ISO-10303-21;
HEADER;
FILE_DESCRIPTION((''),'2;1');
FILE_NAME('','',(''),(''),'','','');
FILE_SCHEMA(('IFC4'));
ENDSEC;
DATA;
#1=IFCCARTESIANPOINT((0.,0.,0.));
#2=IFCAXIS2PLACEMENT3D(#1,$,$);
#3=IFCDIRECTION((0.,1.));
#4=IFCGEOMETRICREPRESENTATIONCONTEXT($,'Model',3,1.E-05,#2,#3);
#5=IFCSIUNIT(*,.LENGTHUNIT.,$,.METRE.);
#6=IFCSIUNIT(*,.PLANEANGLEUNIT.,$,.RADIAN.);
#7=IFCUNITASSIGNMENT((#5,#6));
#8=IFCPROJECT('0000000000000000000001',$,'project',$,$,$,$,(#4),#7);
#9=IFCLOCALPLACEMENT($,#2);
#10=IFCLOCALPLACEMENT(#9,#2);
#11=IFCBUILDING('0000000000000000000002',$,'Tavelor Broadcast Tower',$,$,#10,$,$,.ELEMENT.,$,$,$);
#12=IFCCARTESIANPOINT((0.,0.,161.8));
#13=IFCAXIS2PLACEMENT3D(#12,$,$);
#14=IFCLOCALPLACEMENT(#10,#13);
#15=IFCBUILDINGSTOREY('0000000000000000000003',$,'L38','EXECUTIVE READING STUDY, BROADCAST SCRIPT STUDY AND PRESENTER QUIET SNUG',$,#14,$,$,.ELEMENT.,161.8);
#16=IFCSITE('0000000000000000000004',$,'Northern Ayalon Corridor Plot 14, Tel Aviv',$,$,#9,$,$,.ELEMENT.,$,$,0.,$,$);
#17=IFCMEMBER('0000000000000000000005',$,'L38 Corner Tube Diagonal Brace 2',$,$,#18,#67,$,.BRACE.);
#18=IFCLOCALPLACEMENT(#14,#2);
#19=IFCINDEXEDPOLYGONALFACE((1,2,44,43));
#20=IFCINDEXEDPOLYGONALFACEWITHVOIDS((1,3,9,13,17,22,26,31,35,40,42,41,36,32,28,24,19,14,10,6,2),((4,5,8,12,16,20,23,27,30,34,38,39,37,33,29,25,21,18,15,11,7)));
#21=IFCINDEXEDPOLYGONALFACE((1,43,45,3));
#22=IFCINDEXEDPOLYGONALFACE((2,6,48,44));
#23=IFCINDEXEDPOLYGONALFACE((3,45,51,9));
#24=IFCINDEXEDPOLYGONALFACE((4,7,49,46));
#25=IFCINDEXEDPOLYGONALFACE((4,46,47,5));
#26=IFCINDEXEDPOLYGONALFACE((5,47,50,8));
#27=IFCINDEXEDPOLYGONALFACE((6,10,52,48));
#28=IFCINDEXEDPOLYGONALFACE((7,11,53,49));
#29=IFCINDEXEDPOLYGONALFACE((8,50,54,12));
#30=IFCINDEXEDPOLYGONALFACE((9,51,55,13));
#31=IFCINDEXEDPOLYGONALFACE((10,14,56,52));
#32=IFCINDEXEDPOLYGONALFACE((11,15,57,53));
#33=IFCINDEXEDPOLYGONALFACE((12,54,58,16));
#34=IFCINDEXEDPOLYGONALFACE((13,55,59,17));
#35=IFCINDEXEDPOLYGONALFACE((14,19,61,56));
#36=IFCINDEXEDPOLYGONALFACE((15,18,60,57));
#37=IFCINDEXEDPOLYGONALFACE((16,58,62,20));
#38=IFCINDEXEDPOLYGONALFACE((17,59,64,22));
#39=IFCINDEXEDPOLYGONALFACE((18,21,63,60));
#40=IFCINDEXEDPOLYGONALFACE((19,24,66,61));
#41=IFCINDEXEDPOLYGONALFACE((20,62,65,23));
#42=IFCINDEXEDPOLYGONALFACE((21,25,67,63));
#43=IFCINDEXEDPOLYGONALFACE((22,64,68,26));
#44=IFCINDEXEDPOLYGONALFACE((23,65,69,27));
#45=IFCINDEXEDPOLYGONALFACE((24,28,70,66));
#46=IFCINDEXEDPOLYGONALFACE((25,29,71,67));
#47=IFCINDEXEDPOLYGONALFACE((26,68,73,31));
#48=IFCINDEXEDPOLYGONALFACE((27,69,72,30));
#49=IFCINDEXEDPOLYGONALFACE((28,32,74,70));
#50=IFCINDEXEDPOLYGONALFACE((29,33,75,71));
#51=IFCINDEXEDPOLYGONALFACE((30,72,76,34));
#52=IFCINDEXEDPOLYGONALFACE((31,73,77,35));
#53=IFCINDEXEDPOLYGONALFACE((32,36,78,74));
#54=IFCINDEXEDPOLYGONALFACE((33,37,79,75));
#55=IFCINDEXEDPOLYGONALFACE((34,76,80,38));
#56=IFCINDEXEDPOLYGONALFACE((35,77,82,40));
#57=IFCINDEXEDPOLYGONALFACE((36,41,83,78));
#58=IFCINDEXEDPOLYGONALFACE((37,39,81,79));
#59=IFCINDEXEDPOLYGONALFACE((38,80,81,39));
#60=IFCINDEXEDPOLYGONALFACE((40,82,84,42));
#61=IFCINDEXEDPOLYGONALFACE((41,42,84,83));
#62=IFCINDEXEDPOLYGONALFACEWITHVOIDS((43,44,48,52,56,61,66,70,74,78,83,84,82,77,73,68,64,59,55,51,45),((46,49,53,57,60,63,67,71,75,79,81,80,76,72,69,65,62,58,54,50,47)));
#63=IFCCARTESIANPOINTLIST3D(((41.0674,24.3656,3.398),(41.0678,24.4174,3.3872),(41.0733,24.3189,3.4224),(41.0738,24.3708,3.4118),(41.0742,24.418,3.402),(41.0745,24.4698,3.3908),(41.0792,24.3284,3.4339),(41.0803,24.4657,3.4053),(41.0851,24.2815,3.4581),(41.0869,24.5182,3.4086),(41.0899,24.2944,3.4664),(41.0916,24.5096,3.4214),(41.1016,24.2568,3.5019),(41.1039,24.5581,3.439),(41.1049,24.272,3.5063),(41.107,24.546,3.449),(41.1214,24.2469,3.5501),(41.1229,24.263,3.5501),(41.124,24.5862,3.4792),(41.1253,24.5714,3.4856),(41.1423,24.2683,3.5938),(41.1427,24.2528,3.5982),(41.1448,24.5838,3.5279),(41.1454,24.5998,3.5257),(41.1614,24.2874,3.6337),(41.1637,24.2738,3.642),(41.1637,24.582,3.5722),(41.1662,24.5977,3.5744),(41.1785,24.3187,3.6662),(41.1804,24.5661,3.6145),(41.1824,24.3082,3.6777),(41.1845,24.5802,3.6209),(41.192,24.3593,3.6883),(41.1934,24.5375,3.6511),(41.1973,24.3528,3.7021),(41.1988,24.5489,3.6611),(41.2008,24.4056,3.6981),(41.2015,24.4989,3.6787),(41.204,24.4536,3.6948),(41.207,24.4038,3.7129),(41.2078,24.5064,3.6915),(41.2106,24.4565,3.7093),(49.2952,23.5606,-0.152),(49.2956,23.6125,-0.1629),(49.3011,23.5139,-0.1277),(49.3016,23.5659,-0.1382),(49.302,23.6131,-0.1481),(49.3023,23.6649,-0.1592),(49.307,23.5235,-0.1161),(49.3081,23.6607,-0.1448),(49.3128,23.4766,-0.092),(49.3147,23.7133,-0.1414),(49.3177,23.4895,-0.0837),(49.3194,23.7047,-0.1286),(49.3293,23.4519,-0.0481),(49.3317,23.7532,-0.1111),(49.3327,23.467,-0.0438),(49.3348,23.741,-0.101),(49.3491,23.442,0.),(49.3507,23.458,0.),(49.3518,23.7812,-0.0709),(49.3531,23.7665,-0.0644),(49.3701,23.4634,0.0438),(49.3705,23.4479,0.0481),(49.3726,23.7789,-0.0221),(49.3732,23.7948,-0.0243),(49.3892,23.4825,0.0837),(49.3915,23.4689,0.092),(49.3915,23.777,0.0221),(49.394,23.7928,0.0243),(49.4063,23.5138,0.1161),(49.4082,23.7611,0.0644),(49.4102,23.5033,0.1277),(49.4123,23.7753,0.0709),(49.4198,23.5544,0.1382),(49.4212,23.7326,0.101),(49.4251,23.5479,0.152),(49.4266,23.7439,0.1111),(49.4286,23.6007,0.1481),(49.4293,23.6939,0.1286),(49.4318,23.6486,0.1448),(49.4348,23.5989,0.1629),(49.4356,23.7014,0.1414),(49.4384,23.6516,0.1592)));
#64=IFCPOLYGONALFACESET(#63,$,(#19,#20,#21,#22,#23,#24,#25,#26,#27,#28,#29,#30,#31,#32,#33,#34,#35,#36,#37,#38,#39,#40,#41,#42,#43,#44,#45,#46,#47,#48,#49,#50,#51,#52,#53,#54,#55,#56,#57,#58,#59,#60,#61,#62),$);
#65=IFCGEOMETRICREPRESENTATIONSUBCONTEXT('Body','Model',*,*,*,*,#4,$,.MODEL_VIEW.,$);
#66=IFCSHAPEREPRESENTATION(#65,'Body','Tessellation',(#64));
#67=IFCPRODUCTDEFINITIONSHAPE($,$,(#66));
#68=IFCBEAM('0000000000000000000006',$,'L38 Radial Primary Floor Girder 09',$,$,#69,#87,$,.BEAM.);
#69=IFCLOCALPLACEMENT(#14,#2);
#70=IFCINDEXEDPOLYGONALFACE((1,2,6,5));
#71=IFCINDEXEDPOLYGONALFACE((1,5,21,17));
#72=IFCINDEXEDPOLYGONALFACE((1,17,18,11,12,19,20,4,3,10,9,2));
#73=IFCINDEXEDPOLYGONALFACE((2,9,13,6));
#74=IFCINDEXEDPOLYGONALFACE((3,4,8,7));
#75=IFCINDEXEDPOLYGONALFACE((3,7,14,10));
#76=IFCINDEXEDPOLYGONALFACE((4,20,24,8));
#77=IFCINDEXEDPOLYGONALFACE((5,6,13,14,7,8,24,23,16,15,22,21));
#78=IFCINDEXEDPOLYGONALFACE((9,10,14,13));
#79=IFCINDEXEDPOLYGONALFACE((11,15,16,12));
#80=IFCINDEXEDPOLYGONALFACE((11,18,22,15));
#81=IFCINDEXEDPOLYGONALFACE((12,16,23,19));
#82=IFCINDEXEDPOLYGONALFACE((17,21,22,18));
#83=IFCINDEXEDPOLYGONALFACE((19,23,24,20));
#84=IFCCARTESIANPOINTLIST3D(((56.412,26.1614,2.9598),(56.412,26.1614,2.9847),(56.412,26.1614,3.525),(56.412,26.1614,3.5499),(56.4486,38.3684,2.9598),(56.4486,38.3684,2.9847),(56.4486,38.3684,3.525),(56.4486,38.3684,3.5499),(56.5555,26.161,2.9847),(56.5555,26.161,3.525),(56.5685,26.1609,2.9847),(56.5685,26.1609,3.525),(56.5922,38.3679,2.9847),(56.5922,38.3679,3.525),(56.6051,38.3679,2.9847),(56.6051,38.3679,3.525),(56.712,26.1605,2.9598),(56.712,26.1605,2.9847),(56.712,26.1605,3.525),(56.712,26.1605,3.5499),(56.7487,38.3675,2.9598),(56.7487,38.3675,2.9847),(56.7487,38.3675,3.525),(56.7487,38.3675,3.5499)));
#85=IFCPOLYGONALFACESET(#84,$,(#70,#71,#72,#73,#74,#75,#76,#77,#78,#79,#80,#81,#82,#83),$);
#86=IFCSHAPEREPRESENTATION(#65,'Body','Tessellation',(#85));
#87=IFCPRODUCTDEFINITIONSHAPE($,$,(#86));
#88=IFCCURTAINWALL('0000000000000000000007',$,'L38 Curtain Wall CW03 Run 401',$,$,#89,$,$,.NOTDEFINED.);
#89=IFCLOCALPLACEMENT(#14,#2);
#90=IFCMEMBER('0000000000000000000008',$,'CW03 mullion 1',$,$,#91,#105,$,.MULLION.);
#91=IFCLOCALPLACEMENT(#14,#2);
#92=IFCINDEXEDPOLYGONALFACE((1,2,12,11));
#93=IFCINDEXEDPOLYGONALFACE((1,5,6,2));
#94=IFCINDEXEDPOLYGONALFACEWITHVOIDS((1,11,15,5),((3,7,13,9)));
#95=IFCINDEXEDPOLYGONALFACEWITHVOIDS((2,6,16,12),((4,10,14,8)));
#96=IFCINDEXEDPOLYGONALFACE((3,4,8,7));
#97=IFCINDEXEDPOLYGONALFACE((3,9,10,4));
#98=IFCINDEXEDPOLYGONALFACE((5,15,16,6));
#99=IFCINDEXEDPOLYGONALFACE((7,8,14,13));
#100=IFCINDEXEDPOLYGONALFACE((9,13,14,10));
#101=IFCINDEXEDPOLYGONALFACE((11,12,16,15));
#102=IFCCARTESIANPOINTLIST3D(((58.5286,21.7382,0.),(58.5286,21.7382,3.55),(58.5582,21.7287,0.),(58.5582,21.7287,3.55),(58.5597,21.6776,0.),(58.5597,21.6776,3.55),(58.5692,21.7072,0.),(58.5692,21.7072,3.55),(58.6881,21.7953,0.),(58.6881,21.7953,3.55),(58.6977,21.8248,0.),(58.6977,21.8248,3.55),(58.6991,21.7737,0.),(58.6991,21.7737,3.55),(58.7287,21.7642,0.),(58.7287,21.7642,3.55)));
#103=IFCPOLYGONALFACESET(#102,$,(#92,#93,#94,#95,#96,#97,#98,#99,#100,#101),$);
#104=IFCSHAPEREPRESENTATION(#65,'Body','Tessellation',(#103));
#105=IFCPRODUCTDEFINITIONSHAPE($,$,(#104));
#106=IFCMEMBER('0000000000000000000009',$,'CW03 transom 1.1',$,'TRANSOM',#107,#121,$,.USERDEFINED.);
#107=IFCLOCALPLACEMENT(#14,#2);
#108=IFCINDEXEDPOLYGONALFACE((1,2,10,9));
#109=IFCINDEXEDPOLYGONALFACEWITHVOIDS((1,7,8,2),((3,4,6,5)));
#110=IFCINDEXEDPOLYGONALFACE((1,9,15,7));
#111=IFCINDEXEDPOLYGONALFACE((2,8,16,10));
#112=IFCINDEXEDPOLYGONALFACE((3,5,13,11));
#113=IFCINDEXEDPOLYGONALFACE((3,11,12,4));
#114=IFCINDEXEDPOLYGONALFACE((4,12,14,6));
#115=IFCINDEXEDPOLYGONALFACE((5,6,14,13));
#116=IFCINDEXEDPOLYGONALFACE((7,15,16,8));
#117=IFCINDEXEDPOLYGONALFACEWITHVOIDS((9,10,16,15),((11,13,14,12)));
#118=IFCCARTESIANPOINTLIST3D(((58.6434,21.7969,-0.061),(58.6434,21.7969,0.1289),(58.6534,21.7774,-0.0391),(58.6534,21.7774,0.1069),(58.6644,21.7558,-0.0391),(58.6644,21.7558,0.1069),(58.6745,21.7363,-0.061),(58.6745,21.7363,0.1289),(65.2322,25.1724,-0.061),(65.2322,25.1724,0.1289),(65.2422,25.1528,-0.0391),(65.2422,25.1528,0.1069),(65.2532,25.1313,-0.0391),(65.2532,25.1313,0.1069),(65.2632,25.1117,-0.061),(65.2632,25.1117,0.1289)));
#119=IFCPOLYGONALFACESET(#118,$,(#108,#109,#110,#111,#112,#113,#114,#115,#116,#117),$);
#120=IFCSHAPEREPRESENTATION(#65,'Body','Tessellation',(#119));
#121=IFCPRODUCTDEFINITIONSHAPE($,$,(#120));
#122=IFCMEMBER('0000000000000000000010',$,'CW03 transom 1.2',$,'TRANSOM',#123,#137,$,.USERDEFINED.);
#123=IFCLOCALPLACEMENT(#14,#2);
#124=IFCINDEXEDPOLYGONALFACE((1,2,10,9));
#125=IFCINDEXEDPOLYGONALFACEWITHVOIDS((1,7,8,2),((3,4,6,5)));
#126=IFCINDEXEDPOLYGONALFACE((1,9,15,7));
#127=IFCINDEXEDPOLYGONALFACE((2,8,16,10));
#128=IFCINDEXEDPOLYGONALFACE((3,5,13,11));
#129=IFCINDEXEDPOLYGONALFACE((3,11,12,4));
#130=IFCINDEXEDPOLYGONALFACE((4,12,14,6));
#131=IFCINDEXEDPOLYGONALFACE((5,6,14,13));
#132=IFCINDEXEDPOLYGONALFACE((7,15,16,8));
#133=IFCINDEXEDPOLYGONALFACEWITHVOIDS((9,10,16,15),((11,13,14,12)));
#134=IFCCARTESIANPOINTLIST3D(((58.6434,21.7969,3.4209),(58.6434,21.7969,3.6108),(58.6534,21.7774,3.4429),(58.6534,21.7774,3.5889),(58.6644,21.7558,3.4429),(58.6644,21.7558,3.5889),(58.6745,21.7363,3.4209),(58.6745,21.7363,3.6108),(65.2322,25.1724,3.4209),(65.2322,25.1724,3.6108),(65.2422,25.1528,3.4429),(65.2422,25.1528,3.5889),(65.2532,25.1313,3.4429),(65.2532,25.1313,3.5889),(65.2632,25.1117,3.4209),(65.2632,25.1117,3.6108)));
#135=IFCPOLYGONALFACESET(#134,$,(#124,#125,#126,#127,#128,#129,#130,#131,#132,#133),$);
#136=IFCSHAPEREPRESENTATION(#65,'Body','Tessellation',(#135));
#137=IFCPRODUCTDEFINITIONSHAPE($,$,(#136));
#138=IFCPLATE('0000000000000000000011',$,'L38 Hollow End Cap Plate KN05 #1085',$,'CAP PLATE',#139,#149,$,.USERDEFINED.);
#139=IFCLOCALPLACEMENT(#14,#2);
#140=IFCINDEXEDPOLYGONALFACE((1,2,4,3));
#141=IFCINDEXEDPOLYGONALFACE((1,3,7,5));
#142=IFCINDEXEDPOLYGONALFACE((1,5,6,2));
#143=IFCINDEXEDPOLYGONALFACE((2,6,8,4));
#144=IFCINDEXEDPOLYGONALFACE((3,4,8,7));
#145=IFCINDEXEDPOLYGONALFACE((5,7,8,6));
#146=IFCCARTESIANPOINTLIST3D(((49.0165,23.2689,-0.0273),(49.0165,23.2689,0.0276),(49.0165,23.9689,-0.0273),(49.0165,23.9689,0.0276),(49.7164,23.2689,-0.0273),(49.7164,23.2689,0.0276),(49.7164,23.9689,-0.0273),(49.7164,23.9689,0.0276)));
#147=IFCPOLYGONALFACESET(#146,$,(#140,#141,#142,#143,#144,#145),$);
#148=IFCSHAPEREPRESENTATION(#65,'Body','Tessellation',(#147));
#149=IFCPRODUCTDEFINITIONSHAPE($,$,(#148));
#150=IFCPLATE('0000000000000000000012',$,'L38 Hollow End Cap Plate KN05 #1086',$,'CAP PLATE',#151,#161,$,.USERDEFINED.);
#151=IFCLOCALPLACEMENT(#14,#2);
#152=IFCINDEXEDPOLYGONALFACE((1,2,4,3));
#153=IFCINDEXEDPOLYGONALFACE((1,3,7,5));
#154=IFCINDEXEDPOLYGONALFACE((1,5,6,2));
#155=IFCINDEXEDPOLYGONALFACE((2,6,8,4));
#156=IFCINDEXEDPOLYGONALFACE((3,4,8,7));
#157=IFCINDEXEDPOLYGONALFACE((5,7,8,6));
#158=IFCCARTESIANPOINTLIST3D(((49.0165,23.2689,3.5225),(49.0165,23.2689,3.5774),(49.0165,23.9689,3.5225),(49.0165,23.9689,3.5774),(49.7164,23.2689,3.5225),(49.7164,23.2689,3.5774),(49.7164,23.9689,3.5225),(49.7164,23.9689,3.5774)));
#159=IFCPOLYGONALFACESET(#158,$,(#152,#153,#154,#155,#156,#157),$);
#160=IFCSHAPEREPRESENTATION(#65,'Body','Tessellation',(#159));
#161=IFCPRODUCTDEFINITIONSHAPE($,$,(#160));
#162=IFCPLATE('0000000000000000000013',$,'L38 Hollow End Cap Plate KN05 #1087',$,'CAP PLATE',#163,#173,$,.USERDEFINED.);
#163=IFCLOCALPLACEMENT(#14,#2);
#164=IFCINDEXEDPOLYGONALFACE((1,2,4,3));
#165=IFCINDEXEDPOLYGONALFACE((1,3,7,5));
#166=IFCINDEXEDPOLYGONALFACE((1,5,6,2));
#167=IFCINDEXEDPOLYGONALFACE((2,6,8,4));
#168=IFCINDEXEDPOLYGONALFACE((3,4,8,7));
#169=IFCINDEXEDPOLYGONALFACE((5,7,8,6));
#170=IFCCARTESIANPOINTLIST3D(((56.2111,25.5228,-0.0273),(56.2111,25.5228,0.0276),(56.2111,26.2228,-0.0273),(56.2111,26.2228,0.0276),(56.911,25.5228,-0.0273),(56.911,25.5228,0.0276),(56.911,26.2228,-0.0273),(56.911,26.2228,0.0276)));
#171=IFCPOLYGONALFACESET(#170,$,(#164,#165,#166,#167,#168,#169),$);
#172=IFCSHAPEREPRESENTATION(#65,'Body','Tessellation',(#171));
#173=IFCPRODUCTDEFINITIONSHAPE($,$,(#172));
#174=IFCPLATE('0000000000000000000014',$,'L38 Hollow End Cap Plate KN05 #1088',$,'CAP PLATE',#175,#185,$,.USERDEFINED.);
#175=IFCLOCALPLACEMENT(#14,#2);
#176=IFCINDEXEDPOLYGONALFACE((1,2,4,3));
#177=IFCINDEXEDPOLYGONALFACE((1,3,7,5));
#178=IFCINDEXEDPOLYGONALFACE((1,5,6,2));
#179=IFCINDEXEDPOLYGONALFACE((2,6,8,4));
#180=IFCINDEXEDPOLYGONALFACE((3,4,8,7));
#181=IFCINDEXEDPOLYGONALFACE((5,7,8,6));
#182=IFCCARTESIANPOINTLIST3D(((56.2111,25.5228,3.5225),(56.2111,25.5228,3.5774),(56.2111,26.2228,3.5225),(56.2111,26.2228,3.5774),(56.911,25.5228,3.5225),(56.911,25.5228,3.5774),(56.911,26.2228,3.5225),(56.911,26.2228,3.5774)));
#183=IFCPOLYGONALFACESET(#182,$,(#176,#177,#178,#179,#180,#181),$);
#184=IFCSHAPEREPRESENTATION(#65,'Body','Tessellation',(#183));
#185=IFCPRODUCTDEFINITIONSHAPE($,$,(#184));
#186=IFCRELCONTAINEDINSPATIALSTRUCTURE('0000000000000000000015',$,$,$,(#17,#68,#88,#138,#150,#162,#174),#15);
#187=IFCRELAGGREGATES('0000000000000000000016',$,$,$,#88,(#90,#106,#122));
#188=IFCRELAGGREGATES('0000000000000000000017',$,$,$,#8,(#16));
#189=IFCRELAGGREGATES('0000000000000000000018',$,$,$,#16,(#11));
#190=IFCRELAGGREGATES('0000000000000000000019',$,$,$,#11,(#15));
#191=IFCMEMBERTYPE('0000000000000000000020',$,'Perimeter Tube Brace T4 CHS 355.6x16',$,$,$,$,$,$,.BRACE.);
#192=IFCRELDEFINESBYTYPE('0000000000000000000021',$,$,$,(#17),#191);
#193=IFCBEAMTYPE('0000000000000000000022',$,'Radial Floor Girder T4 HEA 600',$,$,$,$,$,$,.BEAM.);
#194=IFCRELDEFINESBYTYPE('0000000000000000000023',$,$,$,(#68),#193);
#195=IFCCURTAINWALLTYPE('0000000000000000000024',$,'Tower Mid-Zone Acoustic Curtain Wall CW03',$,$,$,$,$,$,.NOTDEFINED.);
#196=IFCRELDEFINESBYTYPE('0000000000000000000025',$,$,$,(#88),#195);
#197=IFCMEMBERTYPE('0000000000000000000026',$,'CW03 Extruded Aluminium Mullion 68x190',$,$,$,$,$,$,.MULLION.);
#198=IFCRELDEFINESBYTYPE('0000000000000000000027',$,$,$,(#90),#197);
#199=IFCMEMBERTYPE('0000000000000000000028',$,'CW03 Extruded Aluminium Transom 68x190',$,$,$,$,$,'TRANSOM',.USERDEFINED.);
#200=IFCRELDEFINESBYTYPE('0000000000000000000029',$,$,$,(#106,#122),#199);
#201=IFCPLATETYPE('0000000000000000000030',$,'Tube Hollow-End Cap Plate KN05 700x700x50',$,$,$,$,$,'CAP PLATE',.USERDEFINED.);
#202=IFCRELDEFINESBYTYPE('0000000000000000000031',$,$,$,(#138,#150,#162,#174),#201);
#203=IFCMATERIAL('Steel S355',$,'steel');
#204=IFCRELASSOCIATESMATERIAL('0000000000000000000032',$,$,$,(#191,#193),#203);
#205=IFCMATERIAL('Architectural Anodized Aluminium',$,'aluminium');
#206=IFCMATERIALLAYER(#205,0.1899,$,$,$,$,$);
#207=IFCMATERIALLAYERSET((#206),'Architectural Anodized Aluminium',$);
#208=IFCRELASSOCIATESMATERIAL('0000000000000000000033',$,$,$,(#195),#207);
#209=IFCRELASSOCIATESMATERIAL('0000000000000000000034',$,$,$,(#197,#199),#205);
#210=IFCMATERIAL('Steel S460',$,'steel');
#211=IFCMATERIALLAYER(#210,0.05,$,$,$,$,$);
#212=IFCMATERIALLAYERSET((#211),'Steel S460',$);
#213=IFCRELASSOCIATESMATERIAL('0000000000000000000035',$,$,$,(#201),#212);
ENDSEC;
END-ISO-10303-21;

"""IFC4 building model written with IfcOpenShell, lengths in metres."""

from ifc_helpers import new_model, si_unit, direction, frame, origin, origin_2d, place, context, subcontext, project, spatial, rectangle, hollow_rectangle, hollow_circle, i_section, extrude, source, transform, mapped, material, layer, layer_set, material_profile, profile_set, type_object, type_shapes, element, aggregate, save


model = new_model("IFC4")

# Units and contexts
model_context = context("Model", 3, precision=1e-05, world=origin(), true_north=direction((0.0, 1.0)))
body_context = subcontext(model_context, "Body", "Model", "MODEL_VIEW")
ifc_project = project(units=[si_unit("LENGTHUNIT", "METRE"), si_unit("PLANEANGLEUNIT", "RADIAN")], contexts=[model_context])

# Site, building, storey
site_placement = place(None, origin())
site = spatial("IfcSite", under=ifc_project, at=site_placement, Name="Northern Ayalon Corridor Plot 14, Tel Aviv", CompositionType="ELEMENT", RefElevation=0.0)
building_placement = place(site_placement, origin())
building = spatial("IfcBuilding", under=site, at=building_placement, Name="Tavelor Broadcast Tower", CompositionType="ELEMENT")
storey_placement = place(building_placement, frame((0.0, 0.0, 161.8)))
storey = spatial("IfcBuildingStorey", under=building, at=storey_placement, Name="L38", Description="EXECUTIVE READING STUDY, BROADCAST SCRIPT STUDY AND PRESENTER QUIET SNUG", CompositionType="ELEMENT", Elevation=161.8)

# Shared definitions
ifc_material_1 = material(Name="Steel S460", Category="steel")

# Shared definitions
ifc_material_2 = material(Name="Steel S355", Category="steel")

# Member
ifc_material_profile_1 = material_profile(ifc_material_2, hollow_circle(Radius=0.1777, WallThickness=0.0161, at=origin_2d()), Name="CHS 355.6x16")
ifc_profile_set_1 = profile_set([ifc_material_profile_1], Name="Steel S355")
member_type_1 = type_object("IfcMemberType", Name="Perimeter Tube Brace T4 CHS 355.6x16", PredefinedType="BRACE", material=ifc_profile_set_1)
member_1_placement = place(storey_placement, frame((49.3665, 23.6189, 0.0), z_axis=(-0.914496, 0.089466, 0.394579), x_axis=(-0.097366, -0.995249, 0.0)))
element("IfcMember", 1, at=member_1_placement, inside=storey, type_object=member_type_1, Name="L38 Corner Tube Diagonal Brace 2", PredefinedType="BRACE", context=body_context, shape_type="SweptSolid", body=[
    extrude(hollow_circle(Radius=0.1777, WallThickness=0.0161, at=origin_2d()), origin(), (0.0, 0.0, 1.0), 8.9971),
])

# Beam
ifc_material_profile_2 = material_profile(ifc_material_2, i_section(OverallWidth=0.3, OverallDepth=0.5901, WebThickness=0.0129, FlangeThickness=0.0249, at=origin_2d()), Name="HEA 600")
ifc_profile_set_2 = profile_set([ifc_material_profile_2], Name="Steel S355")
beam_type_1 = type_object("IfcBeamType", Name="Radial Floor Girder T4 HEA 600", PredefinedType="BEAM", material=ifc_profile_set_2)
beam_1_placement = place(storey_placement, frame((56.5986, 38.3679, 3.2549), z_axis=(-0.003, -0.999996, 0.0), x_axis=(0.999996, -0.003, 0.0)))
element("IfcBeam", 2, at=beam_1_placement, inside=storey, type_object=beam_type_1, Name="L38 Radial Primary Floor Girder 09", PredefinedType="BEAM", context=body_context, shape_type="SweptSolid", body=[
    extrude(i_section(OverallWidth=0.3, OverallDepth=0.5901, WebThickness=0.0129, FlangeThickness=0.0249, at=origin_2d()), origin(), (0.0, 0.0, 1.0), 12.207),
])

# Curtain wall, members
ifc_material_3 = material(Name="Architectural Anodized Aluminium", Category="aluminium")
ifc_layer_1 = layer(ifc_material_3, 0.1899)
ifc_layer_set_1 = layer_set([ifc_layer_1], Name="Architectural Anodized Aluminium")
curtain_wall_type = type_object("IfcCurtainWallType", Name="Tower Mid-Zone Acoustic Curtain Wall CW03", PredefinedType="NOTDEFINED", material=ifc_layer_set_1)
curtain_wall_placement = place(storey_placement, origin())
curtain_wall = element("IfcCurtainWall", 3, at=curtain_wall_placement, inside=storey, type_object=curtain_wall_type, Name="L38 Curtain Wall CW03 Run 401", PredefinedType="NOTDEFINED")
ifc_material_profile_3 = material_profile(ifc_material_3, hollow_rectangle(XDim=0.0681, YDim=0.1899, WallThickness=0.022, at=origin_2d()), Name="RHS 68x190x22")
ifc_profile_set_3 = profile_set([ifc_material_profile_3], Name="Architectural Anodized Aluminium")
member_type_2 = type_object("IfcMemberType", Name="CW03 Extruded Aluminium Mullion 68x190", PredefinedType="MULLION", material=ifc_profile_set_3)
shared_shape_1 = source(origin(), body_context, "Body", "SweptSolid", [
    extrude(hollow_rectangle(XDim=0.0681, YDim=0.1899, WallThickness=0.022, at=origin_2d()), origin(), (0.0, 0.0, 1.0), 3.55),
])
type_shapes(member_type_2, [shared_shape_1])
member_2_placement = place(storey_placement, frame((58.6287, 21.7512, 0.0), z_axis=(0.0, 0.0, 1.0), x_axis=(-0.455936, 0.890013, 0.0)))
member_2 = element("IfcMember", 4, at=member_2_placement, type_object=member_type_2, Name="CW03 mullion 1", PredefinedType="MULLION", context=body_context, shape_type="MappedRepresentation", body=[
    mapped(shared_shape_1, transform((0.0, 0.0, 0.0), scale=1.0)),
])
ifc_material_profile_4 = material_profile(ifc_material_3, hollow_rectangle(XDim=0.0681, YDim=0.1899, WallThickness=0.022, at=origin_2d()), Name="RHS 68x190x22")
ifc_profile_set_4 = profile_set([ifc_material_profile_4], Name="Architectural Anodized Aluminium")
member_type_3 = type_object("IfcMemberType", Name="CW03 Extruded Aluminium Transom 68x190", ElementType="TRANSOM", PredefinedType="USERDEFINED", material=ifc_profile_set_4)
shared_shape_2 = source(origin(), body_context, "Body", "SweptSolid", [
    extrude(hollow_rectangle(XDim=0.0681, YDim=0.1899, WallThickness=0.022, at=origin_2d()), origin(), (0.0, 0.0, 1.0), 7.4031),
])
type_shapes(member_type_3, [shared_shape_2])
member_3_placement = place(storey_placement, frame((58.6589, 21.7666, 0.0339), z_axis=(0.890005, 0.455951, 0.0), x_axis=(-0.455951, 0.890005, 0.0)))
member_3 = element("IfcMember", 5, at=member_3_placement, type_object=member_type_3, Name="CW03 transom 1.1", ObjectType="TRANSOM", PredefinedType="USERDEFINED", context=body_context, shape_type="MappedRepresentation", body=[
    mapped(shared_shape_2, transform((0.0, 0.0, 0.0), scale=1.0)),
])
member_4_placement = place(storey_placement, frame((58.6589, 21.7666, 3.5159), z_axis=(0.890005, 0.455951, 0.0), x_axis=(-0.455951, 0.890005, 0.0)))
member_4 = element("IfcMember", 6, at=member_4_placement, type_object=member_type_3, Name="CW03 transom 1.2", ObjectType="TRANSOM", PredefinedType="USERDEFINED", context=body_context, shape_type="MappedRepresentation", body=[
    mapped(shared_shape_2, transform((0.0, 0.0, 0.0), scale=1.0)),
])

# Plates
ifc_layer_2 = layer(ifc_material_1, 0.05)
ifc_layer_set_2 = layer_set([ifc_layer_2], Name="Steel S460")
plate_type_1 = type_object("IfcPlateType", Name="Tube Hollow-End Cap Plate KN05 700x700x50", ElementType="CAP PLATE", PredefinedType="USERDEFINED", material=ifc_layer_set_2)
shared_shape_3 = source(origin(), body_context, "Body", "SweptSolid", [
    extrude(rectangle(XDim=0.7, YDim=0.7, at=origin_2d()), origin(), (0.0, 0.0, 1.0), 0.0549),
])
type_shapes(plate_type_1, [shared_shape_3])
for number, where, z_axis, x_axis, name in (
    (7, (49.3665, 23.6189, -0.0273), (0.0, 0.0, 1.0), (1.0, 0.0, 0.0), "L38 Hollow End Cap Plate KN05 #1085"),
    (8, (49.3665, 23.6189, 3.5225), (0.0, 0.0, 1.0), (1.0, 0.0, 0.0), "L38 Hollow End Cap Plate KN05 #1086"),
    (9, (56.561, 25.8728, -0.0273), (0.0, 0.0, 1.0), (1.0, 0.0, 0.0), "L38 Hollow End Cap Plate KN05 #1087"),
    (10, (56.561, 25.8728, 3.5225), (0.0, 0.0, 1.0), (1.0, 0.0, 0.0), "L38 Hollow End Cap Plate KN05 #1088"),
):
    element("IfcPlate", number, at=place(storey_placement, frame(where, z_axis=z_axis, x_axis=x_axis)), inside=storey, type_object=plate_type_1, Name=name, ObjectType="CAP PLATE", PredefinedType="USERDEFINED", context=body_context, shape_type="MappedRepresentation", body=[
        mapped(shared_shape_3, transform((0.0, 0.0, 0.0), scale=1.0)),
    ])

aggregate(curtain_wall, [member_2, member_3, member_4])

save(model, "model.ifc")
